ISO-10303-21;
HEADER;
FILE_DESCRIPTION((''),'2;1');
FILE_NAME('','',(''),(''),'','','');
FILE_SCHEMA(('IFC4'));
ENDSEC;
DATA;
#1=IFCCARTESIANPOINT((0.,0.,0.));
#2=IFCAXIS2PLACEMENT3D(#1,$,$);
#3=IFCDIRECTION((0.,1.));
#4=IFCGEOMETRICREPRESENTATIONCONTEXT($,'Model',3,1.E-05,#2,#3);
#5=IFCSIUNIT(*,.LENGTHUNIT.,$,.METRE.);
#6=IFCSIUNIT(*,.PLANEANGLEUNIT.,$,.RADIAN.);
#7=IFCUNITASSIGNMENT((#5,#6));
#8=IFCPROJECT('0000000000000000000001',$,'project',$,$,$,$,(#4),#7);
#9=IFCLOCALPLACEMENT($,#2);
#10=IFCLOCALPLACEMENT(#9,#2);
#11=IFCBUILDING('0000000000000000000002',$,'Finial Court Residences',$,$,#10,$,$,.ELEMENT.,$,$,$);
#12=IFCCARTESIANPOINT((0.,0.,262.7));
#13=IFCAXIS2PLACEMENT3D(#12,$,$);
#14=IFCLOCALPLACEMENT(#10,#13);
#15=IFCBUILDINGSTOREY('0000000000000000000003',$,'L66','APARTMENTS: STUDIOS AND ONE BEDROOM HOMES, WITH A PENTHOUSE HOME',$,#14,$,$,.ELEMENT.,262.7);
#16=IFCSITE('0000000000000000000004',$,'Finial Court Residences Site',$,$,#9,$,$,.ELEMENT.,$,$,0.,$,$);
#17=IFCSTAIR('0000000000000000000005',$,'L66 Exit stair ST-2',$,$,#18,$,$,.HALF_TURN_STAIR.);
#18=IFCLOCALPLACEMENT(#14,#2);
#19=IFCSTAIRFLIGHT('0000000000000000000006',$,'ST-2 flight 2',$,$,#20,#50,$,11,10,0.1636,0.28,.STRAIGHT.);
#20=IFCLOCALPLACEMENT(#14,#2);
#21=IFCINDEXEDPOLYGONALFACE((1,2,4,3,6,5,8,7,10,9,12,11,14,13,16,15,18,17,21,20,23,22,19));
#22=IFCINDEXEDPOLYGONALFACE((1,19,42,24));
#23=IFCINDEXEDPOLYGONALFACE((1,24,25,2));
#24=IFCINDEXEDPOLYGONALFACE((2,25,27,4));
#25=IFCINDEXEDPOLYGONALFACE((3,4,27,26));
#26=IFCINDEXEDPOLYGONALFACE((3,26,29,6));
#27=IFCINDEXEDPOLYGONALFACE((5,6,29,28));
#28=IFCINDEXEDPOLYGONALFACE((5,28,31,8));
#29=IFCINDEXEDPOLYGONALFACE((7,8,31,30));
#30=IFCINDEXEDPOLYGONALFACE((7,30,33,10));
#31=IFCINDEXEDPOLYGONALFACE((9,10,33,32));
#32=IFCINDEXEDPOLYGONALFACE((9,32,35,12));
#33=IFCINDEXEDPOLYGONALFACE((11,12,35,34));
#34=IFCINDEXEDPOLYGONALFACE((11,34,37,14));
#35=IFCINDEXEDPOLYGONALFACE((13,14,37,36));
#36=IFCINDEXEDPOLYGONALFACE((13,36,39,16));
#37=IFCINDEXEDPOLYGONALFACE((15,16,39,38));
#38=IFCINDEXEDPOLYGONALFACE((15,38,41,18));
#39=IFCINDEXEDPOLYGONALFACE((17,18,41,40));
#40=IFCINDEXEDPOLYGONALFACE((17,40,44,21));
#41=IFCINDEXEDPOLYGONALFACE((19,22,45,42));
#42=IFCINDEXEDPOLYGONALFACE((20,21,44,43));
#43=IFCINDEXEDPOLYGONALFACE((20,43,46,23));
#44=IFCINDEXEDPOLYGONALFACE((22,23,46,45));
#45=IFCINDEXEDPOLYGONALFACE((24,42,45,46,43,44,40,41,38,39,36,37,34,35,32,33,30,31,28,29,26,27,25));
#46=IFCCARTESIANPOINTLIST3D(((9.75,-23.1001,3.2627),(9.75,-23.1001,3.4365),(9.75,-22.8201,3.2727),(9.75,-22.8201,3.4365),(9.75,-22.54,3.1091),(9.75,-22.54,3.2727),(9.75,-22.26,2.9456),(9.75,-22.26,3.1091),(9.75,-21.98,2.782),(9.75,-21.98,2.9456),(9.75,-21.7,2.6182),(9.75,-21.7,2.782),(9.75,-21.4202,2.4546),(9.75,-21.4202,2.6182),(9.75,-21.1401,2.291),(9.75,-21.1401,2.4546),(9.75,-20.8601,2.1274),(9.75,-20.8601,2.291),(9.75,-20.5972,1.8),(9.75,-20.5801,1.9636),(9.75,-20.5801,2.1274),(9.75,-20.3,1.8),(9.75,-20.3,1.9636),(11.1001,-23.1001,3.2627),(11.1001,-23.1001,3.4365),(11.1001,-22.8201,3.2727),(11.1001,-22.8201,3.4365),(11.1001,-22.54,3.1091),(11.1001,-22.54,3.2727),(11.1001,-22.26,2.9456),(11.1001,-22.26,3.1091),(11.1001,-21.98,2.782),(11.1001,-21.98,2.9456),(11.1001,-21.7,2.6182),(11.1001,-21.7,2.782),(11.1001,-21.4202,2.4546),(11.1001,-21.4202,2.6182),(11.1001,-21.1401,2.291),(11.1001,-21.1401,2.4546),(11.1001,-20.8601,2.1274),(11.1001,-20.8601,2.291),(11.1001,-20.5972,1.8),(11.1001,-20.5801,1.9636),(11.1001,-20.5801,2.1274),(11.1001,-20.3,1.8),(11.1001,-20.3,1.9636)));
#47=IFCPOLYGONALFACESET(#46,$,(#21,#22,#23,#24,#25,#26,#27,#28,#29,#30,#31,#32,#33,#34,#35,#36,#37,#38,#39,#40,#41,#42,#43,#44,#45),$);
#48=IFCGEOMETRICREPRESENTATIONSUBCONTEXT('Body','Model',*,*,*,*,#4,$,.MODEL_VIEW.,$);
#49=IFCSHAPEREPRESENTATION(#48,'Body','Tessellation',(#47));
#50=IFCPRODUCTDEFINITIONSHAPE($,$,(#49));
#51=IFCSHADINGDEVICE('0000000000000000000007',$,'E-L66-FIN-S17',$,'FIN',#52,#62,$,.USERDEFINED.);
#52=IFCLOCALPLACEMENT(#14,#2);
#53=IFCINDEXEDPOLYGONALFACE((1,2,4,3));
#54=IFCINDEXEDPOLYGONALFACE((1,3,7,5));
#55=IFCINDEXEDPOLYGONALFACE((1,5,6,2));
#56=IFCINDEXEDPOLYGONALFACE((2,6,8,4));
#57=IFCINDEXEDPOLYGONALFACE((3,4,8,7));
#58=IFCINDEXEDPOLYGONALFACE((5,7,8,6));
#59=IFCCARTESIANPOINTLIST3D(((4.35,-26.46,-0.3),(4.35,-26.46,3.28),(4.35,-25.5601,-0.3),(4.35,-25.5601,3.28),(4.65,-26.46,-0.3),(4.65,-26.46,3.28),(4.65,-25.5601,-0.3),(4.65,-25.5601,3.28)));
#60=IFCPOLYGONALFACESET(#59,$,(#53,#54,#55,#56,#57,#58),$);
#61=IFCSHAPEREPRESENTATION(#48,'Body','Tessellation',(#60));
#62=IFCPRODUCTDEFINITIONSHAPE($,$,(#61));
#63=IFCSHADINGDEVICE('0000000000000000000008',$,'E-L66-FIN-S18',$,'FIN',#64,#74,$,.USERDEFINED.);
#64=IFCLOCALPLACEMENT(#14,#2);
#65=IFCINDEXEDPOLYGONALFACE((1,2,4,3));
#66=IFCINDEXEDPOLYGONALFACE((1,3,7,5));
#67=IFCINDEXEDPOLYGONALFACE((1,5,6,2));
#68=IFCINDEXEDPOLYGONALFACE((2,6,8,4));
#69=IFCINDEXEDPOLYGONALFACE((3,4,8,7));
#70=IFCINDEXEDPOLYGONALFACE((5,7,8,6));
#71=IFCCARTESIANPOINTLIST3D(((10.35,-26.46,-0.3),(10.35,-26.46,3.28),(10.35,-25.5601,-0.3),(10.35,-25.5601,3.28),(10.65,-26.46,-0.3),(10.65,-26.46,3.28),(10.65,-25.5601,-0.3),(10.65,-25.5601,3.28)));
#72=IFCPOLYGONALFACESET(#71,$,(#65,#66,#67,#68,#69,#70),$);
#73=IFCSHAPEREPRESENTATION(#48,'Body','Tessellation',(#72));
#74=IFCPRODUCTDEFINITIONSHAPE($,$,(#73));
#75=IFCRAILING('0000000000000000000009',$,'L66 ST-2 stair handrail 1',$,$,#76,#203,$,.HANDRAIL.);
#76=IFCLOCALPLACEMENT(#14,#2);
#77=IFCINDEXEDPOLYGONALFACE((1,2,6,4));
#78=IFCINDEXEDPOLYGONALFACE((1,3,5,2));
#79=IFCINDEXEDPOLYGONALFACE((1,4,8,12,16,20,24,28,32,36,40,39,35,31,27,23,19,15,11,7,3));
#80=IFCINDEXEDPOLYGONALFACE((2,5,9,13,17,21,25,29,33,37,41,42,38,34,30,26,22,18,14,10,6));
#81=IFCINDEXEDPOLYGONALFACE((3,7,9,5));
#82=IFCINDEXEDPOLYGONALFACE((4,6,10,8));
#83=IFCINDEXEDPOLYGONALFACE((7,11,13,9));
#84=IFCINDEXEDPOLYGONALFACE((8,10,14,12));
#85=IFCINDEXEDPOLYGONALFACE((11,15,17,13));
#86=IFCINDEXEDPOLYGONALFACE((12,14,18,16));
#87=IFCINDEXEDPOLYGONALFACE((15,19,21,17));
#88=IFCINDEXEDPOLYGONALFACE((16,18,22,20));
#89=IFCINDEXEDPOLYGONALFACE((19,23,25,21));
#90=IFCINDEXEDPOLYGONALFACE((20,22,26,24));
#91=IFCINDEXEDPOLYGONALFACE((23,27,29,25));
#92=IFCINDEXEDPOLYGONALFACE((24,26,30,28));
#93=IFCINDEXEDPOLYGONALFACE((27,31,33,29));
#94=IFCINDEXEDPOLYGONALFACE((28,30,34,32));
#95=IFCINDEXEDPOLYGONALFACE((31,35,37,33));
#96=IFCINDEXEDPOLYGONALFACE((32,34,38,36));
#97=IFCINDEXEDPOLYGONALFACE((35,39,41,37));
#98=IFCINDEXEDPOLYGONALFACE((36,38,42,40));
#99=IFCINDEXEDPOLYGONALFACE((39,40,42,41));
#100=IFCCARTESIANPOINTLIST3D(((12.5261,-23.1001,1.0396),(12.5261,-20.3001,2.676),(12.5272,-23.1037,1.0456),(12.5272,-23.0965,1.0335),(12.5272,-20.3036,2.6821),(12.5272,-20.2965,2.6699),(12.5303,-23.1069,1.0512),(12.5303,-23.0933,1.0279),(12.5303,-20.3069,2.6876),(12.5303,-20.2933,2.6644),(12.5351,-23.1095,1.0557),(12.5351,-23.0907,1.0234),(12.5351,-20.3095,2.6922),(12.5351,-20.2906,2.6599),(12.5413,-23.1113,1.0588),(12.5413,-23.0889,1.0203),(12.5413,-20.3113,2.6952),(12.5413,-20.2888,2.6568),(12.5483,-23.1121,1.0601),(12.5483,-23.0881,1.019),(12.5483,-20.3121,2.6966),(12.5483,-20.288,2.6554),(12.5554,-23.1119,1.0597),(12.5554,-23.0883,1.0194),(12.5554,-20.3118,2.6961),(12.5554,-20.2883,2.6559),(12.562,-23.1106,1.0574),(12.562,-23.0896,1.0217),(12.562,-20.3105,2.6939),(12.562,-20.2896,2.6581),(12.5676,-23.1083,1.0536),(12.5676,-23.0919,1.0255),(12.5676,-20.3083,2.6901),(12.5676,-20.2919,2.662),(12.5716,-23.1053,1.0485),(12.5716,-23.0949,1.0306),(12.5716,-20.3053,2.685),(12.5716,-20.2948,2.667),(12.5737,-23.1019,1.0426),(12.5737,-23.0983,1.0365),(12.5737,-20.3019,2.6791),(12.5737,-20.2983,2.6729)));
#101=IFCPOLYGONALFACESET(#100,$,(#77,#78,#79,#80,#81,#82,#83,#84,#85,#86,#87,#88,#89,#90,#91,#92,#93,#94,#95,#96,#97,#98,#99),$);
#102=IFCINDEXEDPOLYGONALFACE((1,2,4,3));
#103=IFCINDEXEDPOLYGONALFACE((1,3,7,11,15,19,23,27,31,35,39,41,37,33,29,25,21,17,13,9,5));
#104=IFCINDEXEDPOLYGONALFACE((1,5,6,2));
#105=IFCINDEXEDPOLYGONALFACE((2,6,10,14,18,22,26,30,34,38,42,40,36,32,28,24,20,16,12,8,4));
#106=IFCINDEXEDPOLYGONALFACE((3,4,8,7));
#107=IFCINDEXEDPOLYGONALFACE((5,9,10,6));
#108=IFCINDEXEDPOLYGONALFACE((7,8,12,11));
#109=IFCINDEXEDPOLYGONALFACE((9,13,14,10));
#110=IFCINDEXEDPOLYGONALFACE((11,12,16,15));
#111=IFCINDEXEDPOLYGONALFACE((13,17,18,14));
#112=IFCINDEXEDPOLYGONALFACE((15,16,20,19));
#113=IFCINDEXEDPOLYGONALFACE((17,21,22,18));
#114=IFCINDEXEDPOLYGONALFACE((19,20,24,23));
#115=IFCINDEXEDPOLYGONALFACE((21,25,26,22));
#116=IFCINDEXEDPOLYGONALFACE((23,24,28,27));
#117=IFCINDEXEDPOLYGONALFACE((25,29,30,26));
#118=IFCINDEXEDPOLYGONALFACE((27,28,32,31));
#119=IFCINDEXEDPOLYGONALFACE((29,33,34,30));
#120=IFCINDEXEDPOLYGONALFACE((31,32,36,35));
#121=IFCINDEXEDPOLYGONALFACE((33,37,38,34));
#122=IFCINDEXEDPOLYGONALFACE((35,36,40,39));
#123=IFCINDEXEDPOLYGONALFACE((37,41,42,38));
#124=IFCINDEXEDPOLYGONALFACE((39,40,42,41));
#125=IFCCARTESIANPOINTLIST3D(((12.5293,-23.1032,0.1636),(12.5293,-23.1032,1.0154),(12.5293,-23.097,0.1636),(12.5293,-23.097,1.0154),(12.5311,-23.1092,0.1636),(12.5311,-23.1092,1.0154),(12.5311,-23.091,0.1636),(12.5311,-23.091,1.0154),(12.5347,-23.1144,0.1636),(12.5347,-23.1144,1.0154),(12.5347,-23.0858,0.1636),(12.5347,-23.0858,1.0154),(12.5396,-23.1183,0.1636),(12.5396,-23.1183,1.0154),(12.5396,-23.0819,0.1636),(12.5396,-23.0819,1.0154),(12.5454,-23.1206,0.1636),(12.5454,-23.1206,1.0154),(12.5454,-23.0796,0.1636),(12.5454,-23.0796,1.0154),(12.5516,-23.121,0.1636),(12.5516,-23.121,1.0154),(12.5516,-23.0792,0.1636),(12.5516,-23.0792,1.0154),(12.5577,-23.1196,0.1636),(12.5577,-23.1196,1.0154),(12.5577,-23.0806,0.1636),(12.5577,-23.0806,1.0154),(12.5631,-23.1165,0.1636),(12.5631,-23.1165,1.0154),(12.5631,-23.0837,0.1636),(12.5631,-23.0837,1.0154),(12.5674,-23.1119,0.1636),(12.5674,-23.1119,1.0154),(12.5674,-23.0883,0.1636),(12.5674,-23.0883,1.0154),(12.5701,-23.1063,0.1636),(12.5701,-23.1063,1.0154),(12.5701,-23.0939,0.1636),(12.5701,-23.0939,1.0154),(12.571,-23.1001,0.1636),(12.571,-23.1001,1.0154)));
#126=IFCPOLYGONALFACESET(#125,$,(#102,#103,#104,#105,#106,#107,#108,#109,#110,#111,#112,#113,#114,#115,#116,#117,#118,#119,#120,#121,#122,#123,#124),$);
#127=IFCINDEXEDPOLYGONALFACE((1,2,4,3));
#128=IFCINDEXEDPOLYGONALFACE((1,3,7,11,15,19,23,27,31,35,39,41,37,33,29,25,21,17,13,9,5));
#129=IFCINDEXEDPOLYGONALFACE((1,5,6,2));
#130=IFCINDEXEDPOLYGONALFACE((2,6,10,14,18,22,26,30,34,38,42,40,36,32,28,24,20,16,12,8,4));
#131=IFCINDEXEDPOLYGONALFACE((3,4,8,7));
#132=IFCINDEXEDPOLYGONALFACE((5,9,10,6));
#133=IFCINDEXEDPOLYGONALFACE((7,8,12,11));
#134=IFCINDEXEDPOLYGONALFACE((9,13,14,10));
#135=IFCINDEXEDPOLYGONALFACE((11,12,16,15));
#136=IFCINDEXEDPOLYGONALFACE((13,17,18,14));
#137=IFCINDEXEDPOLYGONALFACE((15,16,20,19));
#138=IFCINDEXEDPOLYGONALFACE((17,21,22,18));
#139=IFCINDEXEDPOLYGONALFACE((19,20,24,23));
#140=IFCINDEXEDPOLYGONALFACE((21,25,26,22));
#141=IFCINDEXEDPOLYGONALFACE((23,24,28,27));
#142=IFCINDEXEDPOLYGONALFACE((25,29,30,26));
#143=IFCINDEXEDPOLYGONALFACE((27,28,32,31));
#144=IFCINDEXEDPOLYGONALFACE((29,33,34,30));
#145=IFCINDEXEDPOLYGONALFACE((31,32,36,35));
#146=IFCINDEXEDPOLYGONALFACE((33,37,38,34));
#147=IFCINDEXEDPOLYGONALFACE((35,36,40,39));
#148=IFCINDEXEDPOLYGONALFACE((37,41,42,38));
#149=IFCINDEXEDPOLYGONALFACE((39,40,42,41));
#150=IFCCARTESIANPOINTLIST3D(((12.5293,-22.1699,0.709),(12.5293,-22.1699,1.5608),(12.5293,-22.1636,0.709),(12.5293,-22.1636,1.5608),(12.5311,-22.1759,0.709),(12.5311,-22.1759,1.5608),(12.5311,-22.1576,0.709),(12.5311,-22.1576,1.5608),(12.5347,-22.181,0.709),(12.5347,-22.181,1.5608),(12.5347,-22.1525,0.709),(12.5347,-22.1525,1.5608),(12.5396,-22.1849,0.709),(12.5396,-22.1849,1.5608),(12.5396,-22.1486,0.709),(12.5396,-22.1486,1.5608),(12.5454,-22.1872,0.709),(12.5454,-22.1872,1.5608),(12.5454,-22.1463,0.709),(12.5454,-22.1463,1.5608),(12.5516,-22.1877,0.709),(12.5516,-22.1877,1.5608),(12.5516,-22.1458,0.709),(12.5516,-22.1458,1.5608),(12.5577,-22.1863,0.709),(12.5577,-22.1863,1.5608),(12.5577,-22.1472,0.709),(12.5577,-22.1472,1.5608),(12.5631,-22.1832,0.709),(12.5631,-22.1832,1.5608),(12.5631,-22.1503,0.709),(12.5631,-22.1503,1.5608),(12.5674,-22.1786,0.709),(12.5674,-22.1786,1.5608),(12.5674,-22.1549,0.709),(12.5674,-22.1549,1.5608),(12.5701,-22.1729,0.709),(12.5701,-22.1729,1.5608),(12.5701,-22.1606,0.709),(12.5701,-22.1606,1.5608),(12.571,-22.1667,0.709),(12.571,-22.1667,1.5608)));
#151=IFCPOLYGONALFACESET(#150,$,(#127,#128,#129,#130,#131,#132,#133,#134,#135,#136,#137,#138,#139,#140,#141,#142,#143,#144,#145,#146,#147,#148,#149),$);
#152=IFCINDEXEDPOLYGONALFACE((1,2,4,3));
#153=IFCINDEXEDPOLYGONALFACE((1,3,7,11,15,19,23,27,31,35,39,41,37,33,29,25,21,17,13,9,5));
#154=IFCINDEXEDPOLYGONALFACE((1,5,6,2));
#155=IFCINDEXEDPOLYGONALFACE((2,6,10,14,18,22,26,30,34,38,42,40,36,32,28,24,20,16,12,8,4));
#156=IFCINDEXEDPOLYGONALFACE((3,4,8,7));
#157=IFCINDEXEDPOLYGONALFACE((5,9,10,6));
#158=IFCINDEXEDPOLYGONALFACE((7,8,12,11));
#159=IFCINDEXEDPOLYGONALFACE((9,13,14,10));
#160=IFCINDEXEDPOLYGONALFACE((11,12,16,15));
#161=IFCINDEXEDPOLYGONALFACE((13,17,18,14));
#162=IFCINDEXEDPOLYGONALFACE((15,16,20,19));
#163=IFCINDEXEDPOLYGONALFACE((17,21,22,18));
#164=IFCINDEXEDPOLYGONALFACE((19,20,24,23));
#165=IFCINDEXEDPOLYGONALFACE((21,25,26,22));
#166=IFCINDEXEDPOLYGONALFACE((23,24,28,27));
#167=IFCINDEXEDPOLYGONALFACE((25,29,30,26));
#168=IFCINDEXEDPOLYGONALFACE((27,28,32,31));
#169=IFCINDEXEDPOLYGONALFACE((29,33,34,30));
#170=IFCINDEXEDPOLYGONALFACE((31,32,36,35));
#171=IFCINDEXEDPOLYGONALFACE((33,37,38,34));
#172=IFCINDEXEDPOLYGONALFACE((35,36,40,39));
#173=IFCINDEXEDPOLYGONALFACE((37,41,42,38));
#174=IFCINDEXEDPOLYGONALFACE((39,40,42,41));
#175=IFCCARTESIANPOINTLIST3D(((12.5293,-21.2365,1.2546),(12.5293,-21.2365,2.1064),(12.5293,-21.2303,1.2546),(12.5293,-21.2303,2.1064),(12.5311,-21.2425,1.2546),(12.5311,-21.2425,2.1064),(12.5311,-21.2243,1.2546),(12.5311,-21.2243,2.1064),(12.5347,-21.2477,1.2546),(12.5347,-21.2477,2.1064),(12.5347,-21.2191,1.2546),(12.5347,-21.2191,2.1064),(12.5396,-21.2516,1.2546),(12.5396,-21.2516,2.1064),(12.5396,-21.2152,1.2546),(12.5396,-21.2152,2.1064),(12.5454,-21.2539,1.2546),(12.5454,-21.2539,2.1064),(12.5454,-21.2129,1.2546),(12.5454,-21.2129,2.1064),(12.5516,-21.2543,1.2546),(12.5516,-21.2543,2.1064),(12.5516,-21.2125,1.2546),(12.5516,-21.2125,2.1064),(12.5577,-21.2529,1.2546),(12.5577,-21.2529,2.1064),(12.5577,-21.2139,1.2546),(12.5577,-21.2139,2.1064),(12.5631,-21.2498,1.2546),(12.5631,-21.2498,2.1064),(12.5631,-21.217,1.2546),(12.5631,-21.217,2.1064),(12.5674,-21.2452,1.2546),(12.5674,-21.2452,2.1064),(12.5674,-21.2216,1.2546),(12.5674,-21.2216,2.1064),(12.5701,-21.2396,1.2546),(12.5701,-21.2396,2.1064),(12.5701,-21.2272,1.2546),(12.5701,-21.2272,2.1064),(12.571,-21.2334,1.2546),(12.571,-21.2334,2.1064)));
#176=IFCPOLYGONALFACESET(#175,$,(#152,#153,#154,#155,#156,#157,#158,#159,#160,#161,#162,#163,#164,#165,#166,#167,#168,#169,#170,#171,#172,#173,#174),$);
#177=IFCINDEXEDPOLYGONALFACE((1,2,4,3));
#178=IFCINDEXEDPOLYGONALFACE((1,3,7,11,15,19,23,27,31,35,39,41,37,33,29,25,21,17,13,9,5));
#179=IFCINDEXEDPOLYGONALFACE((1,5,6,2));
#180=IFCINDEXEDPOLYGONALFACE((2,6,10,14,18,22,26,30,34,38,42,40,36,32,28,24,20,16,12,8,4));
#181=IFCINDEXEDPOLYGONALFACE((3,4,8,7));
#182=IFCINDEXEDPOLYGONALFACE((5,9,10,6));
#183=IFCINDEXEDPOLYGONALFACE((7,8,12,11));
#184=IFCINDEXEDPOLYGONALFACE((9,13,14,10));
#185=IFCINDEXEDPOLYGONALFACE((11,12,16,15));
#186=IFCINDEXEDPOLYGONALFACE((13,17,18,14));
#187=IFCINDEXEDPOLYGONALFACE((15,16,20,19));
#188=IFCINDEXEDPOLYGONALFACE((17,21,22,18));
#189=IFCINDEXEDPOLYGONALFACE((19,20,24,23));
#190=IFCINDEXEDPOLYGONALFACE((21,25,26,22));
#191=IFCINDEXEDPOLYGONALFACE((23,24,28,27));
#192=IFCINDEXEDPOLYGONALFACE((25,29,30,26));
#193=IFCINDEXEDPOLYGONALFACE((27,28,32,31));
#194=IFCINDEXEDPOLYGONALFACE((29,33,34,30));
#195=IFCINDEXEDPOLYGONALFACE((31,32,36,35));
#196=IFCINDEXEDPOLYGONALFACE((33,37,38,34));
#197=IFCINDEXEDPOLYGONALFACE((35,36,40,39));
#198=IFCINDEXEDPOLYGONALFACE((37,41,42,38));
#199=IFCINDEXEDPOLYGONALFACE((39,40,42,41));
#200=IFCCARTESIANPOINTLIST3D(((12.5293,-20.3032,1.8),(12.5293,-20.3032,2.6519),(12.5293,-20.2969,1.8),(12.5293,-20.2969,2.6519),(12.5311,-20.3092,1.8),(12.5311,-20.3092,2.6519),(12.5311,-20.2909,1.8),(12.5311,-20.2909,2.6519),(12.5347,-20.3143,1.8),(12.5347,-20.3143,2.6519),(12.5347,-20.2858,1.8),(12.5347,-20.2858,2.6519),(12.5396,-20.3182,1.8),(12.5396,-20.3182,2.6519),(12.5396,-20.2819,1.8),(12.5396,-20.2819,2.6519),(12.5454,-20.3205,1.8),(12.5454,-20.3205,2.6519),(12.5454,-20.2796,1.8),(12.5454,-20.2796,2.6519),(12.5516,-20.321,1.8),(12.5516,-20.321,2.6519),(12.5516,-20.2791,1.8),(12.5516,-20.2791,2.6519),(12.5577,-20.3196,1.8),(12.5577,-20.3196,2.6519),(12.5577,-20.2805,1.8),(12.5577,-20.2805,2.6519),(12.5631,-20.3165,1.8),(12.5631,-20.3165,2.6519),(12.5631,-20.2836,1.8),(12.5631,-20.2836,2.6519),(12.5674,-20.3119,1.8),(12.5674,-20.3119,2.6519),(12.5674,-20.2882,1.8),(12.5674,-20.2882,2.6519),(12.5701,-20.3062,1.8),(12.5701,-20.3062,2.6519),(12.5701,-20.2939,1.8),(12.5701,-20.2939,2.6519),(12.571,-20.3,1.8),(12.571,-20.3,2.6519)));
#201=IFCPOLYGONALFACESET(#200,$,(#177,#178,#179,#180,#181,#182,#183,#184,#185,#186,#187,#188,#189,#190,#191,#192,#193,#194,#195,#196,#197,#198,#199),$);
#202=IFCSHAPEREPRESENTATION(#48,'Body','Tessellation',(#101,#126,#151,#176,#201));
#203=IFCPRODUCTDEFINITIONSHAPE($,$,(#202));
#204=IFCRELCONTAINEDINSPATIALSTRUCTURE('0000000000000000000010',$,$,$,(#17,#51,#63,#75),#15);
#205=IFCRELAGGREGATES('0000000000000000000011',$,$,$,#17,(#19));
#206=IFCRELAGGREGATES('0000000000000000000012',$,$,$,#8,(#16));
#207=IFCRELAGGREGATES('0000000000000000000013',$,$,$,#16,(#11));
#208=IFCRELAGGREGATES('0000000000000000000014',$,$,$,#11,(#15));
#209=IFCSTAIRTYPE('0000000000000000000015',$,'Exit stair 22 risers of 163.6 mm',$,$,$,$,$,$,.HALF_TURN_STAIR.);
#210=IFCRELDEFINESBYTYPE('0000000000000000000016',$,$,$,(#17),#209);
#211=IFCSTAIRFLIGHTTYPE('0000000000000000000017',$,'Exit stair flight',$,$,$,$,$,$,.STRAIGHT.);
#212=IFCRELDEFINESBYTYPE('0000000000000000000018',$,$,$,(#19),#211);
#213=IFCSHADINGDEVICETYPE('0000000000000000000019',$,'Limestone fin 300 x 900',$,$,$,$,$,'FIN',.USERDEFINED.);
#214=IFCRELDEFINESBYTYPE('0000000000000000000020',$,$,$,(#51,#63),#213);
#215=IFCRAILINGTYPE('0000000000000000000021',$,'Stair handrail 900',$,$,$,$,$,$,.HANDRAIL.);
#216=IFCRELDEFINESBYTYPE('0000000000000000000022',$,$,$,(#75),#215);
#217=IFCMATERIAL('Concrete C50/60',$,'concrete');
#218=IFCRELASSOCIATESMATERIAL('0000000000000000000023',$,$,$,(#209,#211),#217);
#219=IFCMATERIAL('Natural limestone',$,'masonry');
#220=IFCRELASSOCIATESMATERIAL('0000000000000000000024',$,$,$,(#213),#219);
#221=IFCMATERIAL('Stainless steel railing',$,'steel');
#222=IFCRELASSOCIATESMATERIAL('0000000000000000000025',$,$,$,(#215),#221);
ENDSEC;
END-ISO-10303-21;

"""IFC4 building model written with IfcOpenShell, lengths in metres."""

from ifc_helpers import new_model, si_unit, direction, frame, origin, origin_2d, place, context, subcontext, project, spatial, polyline, rectangle, circle, outline, extrude, material, type_object, element, aggregate, save


model = new_model("IFC4")

# Units and contexts
model_context = context("Model", 3, precision=1e-05, world=origin(), true_north=direction((0.0, 1.0)))
body_context = subcontext(model_context, "Body", "Model", "MODEL_VIEW")
ifc_project = project(units=[si_unit("LENGTHUNIT", "METRE"), si_unit("PLANEANGLEUNIT", "RADIAN")], contexts=[model_context])

# Site, building, storey
site_placement = place(None, origin())
site = spatial("IfcSite", under=ifc_project, at=site_placement, Name="Finial Court Residences Site", CompositionType="ELEMENT", RefElevation=0.0)
building_placement = place(site_placement, origin())
building = spatial("IfcBuilding", under=site, at=building_placement, Name="Finial Court Residences", CompositionType="ELEMENT")
storey_placement = place(building_placement, frame((0.0, 0.0, 262.7)))
storey = spatial("IfcBuildingStorey", under=building, at=storey_placement, Name="L66", Description="APARTMENTS: STUDIOS AND ONE BEDROOM HOMES, WITH A PENTHOUSE HOME", CompositionType="ELEMENT", Elevation=262.7)

# Shared definitions
ifc_material_1 = material(Name="Concrete C50/60", Category="concrete")

# Stair, stair flight
stair_type = type_object("IfcStairType", Name="Exit stair 22 risers of 163.6 mm", PredefinedType="HALF_TURN_STAIR", material=ifc_material_1)
stair_placement = place(storey_placement, origin())
stair = element("IfcStair", 1, at=stair_placement, inside=storey, type_object=stair_type, Name="L66 Exit stair ST-2", PredefinedType="HALF_TURN_STAIR")
stair_flight_type = type_object("IfcStairFlightType", Name="Exit stair flight", PredefinedType="STRAIGHT", material=ifc_material_1)
stair_flight_1_placement = place(storey_placement, frame((10.425, -20.3, 1.8), z_axis=(0.0, 0.0, 1.0), x_axis=(0.0, -1.0, 0.0)))
stair_flight_1 = element("IfcStairFlight", 2, at=stair_flight_1_placement, type_object=stair_flight_type, Name="ST-2 flight 2", NumberOfRisers=11, NumberOfTreads=10, PredefinedType="STRAIGHT", RiserHeight=0.1636, TreadLength=0.28, context=body_context, shape_type="SweptSolid", body=[
    extrude(outline(polyline([(0.0, 0.0), (0.0, 0.1636), (0.28, 0.1636), (0.28, 0.3274), (0.5601, 0.3274), (0.5601, 0.491), (0.8401, 0.491), (0.8401, 0.6545), (1.1201, 0.6545), (1.1201, 0.8181), (1.3999, 0.8181), (1.3999, 0.9819), (1.6799, 0.9819), (1.6799, 1.1455), (1.96, 1.1455), (1.96, 1.3091), (2.24, 1.3091), (2.24, 1.4727), (2.52, 1.4727), (2.52, 1.6365), (2.8, 1.6365), (2.8, 1.8), (2.8, 1.4626), (0.2971, 0.0), (0.0, 0.0)])), frame((0.0, 0.675, 0.0), z_axis=(0.0, -1.0, 0.0), x_axis=(1.0, 0.0, 0.0)), (0.0, 0.0, 1.0), 1.3501),
])
aggregate(stair, [stair_flight_1])

# Shading devices
ifc_material_2 = material(Name="Natural limestone", Category="masonry")
shading_device_type = type_object("IfcShadingDeviceType", Name="Limestone fin 300 x 900", ElementType="FIN", PredefinedType="USERDEFINED", material=ifc_material_2)
for number, where, z_axis, x_axis, name in (
    (3, (4.5, -26.01, -0.3), (0.0, 0.0, 1.0), (1.0, 0.0, 0.0), "E-L66-FIN-S17"),
    (4, (10.5, -26.01, -0.3), (0.0, 0.0, 1.0), (1.0, 0.0, 0.0), "E-L66-FIN-S18"),
):
    element("IfcShadingDevice", number, at=place(storey_placement, frame(where, z_axis=z_axis, x_axis=x_axis)), inside=storey, type_object=shading_device_type, Name=name, ObjectType="FIN", PredefinedType="USERDEFINED", context=body_context, shape_type="SweptSolid", body=[
        extrude(rectangle(XDim=0.3, YDim=0.8999, at=origin_2d()), origin(), (0.0, 0.0, 1.0), 3.5801),
    ])

# Railing
ifc_material_3 = material(Name="Stainless steel railing", Category="steel")
railing_type_1 = type_object("IfcRailingType", Name="Stair handrail 900", PredefinedType="HANDRAIL", material=ifc_material_3)
railing_1_placement = place(storey_placement, frame((12.55, -23.1001, 0.1636)))
element("IfcRailing", 5, at=railing_1_placement, inside=storey, type_object=railing_type_1, Name="L66 ST-2 stair handrail 1", PredefinedType="HANDRAIL", context=body_context, shape_type="SweptSolid", body=[
    extrude(circle(Radius=0.0239, at=origin_2d()), frame((0.0, 0.0, 0.876), z_axis=(0.0, 0.863361, 0.504587), x_axis=(-1.0, 0.0, 0.0)), (0.0, 0.0, 1.0), 3.2432),
    extrude(circle(Radius=0.021, at=origin_2d()), origin(), (0.0, 0.0, 1.0), 0.8518),
    extrude(circle(Radius=0.021, at=origin_2d()), frame((0.0, 0.9333, 0.5454)), (0.0, 0.0, 1.0), 0.8518),
    extrude(circle(Radius=0.021, at=origin_2d()), frame((0.0, 1.8667, 1.0911)), (0.0, 0.0, 1.0), 0.8518),
    extrude(circle(Radius=0.021, at=origin_2d()), frame((0.0, 2.8, 1.6365)), (0.0, 0.0, 1.0), 0.8518),
])

save(model, "model.ifc")
